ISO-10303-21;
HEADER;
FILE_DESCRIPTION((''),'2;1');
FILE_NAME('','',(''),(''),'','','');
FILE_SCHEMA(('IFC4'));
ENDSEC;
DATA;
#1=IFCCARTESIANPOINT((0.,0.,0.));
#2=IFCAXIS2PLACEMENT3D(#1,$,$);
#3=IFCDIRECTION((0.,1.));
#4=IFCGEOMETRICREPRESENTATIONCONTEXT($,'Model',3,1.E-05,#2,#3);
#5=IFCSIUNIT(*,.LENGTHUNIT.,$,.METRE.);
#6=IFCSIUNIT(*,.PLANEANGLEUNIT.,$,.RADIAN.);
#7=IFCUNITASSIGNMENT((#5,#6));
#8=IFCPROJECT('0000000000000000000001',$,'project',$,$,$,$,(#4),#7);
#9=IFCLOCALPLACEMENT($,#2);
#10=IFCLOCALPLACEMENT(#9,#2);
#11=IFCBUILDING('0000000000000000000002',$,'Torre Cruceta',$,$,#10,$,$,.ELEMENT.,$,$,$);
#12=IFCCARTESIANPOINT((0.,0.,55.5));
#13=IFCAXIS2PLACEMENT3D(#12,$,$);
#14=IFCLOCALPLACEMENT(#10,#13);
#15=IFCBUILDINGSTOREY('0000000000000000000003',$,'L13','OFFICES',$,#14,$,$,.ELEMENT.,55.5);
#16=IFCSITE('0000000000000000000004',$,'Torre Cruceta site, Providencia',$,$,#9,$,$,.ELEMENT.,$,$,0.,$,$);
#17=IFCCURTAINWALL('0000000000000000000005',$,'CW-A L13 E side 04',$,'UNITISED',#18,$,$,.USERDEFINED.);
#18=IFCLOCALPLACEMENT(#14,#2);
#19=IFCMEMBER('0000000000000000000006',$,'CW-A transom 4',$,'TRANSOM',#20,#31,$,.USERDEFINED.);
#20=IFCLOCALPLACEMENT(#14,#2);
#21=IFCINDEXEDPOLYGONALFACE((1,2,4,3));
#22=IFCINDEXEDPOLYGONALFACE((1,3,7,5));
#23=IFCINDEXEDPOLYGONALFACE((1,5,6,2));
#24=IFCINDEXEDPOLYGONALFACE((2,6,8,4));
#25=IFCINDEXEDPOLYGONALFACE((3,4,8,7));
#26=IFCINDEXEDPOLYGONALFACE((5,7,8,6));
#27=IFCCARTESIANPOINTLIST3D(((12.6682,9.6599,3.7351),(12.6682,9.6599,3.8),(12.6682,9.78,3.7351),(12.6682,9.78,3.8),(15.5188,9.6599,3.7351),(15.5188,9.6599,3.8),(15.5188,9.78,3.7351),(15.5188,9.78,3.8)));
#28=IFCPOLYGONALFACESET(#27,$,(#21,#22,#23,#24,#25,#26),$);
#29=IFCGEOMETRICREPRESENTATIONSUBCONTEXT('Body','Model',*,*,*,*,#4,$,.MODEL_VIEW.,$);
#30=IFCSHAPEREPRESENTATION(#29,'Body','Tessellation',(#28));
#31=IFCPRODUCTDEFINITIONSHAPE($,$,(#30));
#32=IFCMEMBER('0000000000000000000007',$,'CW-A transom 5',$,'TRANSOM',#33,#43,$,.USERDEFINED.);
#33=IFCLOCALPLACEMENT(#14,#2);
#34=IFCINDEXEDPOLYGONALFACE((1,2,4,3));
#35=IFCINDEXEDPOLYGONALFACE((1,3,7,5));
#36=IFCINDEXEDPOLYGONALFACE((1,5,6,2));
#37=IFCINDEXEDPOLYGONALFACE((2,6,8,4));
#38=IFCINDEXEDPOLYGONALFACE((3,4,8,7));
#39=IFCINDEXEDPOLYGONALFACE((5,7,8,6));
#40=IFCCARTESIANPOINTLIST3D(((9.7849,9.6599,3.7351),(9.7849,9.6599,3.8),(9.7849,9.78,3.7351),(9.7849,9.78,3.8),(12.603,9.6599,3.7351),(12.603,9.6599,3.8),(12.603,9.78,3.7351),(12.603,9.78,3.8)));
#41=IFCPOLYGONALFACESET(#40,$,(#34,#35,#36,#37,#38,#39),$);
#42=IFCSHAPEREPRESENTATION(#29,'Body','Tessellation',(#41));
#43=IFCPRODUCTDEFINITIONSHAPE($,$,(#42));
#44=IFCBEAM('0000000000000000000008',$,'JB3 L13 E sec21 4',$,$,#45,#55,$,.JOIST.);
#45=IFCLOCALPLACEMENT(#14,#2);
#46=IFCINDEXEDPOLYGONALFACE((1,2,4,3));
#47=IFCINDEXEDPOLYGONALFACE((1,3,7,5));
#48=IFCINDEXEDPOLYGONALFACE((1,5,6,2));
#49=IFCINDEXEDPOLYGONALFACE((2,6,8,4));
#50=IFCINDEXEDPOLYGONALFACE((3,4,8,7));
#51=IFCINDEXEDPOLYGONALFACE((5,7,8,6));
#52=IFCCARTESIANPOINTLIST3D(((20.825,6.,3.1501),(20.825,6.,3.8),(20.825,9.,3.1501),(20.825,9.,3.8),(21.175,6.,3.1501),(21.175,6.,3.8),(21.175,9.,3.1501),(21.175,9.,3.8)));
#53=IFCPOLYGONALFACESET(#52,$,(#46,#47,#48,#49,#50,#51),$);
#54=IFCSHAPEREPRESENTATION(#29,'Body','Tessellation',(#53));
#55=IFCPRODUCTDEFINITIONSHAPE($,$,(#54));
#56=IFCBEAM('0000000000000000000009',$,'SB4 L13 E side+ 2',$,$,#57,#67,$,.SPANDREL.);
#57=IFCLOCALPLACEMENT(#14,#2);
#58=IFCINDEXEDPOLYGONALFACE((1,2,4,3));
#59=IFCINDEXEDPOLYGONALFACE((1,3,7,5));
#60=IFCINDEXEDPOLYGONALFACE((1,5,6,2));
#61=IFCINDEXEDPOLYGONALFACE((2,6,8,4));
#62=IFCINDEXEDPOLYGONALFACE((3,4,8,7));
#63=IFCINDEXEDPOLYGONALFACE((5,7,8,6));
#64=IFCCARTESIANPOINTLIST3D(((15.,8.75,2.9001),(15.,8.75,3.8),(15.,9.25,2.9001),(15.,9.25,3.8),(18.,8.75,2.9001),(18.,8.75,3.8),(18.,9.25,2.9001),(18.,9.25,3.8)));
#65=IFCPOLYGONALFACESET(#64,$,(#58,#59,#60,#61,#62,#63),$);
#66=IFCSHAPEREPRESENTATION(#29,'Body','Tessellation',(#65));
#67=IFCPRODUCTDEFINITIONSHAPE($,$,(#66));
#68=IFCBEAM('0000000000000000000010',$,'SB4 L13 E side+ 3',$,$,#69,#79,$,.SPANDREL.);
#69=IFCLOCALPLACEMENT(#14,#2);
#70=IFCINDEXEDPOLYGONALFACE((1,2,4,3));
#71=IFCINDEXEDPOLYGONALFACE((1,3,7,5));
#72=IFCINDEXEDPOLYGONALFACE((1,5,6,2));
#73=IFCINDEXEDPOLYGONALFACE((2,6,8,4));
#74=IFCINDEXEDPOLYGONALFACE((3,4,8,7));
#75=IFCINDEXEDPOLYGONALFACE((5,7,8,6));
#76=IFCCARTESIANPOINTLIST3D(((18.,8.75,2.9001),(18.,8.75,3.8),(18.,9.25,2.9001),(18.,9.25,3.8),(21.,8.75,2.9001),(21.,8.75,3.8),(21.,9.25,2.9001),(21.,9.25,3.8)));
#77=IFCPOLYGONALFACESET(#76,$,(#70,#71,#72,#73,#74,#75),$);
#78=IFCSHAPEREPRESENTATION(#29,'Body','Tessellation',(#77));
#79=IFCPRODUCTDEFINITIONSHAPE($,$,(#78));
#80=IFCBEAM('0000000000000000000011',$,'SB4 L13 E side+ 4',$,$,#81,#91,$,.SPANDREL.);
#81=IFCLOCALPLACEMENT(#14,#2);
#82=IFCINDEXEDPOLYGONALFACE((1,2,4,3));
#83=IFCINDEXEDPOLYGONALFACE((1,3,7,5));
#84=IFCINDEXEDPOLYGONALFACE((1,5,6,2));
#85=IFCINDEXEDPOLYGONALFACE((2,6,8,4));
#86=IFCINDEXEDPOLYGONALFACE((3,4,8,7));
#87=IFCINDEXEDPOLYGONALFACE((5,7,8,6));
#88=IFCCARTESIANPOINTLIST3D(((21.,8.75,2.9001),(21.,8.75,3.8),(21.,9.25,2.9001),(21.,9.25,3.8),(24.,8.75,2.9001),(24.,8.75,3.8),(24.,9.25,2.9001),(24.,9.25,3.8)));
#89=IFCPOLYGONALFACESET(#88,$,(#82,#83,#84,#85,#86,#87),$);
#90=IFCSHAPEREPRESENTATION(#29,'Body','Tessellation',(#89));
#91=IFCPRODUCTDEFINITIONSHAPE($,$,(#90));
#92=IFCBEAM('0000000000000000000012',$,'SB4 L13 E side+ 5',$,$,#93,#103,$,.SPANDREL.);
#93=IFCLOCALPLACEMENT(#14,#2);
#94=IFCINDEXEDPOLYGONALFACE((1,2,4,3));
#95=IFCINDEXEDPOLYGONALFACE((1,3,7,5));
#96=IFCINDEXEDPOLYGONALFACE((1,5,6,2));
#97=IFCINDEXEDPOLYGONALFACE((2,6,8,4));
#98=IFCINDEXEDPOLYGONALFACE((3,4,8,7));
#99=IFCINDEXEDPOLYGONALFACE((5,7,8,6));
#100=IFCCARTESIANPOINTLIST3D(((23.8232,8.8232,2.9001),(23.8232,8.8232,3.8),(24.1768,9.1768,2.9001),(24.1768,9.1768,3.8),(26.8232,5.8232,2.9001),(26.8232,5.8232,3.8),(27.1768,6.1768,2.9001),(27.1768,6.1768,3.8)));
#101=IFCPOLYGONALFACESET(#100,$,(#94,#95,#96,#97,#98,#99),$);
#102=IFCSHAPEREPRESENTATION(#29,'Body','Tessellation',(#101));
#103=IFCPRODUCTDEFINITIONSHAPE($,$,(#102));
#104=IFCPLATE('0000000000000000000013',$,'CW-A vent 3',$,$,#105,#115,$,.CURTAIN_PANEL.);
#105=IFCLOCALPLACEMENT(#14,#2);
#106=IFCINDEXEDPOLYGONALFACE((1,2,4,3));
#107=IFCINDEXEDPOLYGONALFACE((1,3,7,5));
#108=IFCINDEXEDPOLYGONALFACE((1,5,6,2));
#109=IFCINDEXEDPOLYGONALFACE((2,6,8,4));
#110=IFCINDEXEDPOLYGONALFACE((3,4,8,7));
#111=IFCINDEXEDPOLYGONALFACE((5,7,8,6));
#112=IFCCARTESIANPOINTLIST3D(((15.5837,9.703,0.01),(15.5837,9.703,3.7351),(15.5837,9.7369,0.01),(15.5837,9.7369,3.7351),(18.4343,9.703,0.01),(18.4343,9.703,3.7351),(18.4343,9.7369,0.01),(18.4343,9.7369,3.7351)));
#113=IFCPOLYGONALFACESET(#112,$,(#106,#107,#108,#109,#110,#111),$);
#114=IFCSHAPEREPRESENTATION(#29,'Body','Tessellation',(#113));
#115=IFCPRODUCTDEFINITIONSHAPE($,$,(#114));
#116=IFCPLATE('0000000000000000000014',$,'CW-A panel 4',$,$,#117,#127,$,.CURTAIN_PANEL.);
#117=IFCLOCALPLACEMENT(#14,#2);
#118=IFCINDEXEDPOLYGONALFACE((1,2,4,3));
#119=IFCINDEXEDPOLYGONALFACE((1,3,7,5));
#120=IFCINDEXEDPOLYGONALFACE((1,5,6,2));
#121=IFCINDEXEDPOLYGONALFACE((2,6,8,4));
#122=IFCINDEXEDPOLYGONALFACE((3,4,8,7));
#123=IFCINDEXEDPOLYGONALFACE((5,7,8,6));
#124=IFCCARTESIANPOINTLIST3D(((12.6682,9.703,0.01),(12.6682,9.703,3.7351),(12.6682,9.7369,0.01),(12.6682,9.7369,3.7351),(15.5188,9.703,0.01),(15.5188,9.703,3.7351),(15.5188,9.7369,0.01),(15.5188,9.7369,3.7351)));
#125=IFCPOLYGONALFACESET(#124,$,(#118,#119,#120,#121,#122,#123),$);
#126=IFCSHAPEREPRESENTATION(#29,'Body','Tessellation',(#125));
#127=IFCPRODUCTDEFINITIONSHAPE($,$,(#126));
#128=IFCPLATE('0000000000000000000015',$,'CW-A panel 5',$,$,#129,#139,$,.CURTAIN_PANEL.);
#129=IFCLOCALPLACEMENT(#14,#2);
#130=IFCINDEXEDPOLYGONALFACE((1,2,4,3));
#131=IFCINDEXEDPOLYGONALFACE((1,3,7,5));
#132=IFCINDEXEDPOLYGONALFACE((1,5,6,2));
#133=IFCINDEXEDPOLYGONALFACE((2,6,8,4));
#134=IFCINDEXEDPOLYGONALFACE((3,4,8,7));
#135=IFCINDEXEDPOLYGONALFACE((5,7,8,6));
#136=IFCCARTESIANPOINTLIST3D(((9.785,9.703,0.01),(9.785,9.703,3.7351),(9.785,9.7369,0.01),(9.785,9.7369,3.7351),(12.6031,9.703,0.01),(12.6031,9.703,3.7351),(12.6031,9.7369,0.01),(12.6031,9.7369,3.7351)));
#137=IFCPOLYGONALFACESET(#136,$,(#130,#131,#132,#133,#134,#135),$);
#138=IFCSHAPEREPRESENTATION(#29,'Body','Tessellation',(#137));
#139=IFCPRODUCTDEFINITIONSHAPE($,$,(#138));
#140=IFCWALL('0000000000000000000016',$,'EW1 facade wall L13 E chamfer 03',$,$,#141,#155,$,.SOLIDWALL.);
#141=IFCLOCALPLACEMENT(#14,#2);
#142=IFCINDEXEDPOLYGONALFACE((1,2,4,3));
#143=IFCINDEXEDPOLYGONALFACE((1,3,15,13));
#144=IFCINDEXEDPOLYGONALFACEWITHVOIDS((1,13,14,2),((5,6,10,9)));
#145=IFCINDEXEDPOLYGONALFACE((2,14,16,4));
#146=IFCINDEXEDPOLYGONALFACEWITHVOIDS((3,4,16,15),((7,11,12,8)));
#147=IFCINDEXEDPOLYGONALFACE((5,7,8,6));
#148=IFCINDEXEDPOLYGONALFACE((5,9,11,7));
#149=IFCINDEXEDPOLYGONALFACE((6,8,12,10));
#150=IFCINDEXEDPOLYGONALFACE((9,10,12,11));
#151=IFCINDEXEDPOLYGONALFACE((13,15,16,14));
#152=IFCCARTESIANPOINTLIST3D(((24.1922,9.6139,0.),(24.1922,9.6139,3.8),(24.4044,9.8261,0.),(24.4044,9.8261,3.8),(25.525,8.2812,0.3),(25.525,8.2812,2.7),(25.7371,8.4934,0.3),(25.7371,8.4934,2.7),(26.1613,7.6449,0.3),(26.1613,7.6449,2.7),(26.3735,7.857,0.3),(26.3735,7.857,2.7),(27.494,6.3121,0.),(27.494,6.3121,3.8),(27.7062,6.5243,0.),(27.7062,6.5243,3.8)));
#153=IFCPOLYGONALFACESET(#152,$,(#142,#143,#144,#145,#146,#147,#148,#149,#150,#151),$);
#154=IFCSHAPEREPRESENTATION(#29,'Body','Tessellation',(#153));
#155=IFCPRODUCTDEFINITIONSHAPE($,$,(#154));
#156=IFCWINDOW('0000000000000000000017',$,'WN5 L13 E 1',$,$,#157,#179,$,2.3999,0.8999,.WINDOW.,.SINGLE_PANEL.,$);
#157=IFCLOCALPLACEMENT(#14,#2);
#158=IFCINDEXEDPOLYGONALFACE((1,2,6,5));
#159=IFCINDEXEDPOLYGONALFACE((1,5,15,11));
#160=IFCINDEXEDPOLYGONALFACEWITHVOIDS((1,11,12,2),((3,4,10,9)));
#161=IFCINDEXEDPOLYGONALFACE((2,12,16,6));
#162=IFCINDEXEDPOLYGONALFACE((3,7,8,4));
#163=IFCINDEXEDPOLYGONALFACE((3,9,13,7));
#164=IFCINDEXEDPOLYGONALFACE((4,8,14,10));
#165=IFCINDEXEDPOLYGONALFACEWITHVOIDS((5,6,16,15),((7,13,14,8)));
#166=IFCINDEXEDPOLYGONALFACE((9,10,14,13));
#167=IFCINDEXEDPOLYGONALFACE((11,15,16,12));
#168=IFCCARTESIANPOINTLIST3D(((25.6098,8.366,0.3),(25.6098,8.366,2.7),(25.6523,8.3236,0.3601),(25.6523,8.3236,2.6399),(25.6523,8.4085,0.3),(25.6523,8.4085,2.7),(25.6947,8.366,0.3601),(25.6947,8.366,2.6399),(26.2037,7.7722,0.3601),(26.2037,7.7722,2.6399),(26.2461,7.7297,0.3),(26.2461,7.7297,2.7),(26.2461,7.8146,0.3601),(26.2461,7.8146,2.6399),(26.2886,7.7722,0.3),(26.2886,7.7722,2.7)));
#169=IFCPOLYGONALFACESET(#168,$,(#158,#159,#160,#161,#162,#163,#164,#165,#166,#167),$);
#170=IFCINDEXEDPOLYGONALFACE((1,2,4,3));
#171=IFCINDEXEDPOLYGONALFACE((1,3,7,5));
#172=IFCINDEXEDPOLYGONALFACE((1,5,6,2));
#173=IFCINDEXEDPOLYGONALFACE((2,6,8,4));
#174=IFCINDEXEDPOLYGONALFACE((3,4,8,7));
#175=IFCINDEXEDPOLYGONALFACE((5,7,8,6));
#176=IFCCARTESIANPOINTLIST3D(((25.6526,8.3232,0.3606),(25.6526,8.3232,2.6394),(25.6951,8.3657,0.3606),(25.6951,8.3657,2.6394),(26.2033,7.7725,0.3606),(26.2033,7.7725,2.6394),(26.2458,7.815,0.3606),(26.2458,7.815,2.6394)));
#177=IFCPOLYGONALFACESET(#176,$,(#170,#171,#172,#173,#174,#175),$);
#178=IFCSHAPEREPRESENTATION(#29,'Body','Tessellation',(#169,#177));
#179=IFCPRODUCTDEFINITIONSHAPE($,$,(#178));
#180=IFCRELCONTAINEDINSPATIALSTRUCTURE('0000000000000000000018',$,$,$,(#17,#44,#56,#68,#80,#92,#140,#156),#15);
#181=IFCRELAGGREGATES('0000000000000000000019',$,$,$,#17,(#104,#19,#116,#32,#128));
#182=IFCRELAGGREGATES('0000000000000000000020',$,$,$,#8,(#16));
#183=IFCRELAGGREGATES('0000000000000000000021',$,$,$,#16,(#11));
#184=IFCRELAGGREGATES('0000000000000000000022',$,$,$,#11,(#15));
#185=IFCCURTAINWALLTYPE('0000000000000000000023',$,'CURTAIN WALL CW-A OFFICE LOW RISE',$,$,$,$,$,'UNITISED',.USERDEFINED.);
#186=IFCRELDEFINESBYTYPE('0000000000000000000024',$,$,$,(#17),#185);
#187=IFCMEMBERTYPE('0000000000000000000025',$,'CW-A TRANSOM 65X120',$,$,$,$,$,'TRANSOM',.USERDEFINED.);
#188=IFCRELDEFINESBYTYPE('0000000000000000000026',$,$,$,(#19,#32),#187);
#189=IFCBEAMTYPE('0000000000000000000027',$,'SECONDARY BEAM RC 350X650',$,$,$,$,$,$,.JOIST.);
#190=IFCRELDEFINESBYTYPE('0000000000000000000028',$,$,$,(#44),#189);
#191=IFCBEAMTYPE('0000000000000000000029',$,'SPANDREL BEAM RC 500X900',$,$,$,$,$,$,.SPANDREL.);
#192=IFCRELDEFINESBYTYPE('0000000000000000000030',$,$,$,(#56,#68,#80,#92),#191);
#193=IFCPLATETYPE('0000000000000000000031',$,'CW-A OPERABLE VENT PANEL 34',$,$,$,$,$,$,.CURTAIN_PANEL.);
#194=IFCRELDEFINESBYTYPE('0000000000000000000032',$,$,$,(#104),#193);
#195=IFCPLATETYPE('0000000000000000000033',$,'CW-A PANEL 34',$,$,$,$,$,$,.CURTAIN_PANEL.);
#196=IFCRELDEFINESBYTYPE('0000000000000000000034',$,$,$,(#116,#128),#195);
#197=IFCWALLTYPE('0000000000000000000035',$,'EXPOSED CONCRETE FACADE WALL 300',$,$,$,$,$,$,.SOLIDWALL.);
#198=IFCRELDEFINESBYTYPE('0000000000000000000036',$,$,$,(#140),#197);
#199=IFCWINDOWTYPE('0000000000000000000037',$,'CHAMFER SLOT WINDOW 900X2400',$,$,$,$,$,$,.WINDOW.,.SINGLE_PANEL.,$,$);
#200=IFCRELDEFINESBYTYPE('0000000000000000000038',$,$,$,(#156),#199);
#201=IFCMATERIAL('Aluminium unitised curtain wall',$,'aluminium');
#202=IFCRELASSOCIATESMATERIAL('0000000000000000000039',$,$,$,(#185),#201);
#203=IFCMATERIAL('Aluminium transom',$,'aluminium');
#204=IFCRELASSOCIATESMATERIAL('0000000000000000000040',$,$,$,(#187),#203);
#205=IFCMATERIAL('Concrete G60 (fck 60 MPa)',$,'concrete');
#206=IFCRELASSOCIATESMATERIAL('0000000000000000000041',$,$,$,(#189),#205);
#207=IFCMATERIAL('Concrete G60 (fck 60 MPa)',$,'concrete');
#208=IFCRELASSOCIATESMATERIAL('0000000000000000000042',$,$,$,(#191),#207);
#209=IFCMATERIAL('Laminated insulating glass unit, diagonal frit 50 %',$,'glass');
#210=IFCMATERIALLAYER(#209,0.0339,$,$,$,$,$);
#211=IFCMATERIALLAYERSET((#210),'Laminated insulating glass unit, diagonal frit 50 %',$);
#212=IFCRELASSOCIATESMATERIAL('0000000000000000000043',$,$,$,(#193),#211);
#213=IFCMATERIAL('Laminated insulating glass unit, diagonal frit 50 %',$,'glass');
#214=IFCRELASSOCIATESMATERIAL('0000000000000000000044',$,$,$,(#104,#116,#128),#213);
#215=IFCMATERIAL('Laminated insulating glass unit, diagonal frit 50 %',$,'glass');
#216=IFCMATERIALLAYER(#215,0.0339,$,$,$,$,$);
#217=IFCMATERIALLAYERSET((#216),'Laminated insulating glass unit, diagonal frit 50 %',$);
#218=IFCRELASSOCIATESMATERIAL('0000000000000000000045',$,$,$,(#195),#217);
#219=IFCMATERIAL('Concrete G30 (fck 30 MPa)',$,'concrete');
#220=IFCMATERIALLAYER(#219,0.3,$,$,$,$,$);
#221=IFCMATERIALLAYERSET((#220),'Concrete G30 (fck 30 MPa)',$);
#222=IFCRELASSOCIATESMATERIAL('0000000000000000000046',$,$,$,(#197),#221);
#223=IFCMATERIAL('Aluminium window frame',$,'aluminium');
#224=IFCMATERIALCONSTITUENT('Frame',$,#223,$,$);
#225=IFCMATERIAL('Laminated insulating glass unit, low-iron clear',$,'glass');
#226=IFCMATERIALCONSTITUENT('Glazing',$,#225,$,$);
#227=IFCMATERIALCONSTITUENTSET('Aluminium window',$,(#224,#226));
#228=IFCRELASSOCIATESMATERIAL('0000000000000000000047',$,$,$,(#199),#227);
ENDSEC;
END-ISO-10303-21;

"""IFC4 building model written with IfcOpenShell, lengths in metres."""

from ifc_helpers import new_model, si_unit, direction, frame, frame_2d, origin, origin_2d, place, context, subcontext, project, spatial, rectangle, hollow_rectangle, extrude, material, layer, layer_set, constituent, constituent_set, material_profile, profile_set, type_object, element, fill, aggregate, save


model = new_model("IFC4")

# Units and contexts
model_context = context("Model", 3, precision=1e-05, world=origin(), true_north=direction((0.0, 1.0)))
body_context = subcontext(model_context, "Body", "Model", "MODEL_VIEW")
ifc_project = project(units=[si_unit("LENGTHUNIT", "METRE"), si_unit("PLANEANGLEUNIT", "RADIAN")], contexts=[model_context])

# Site, building, storey
site_placement = place(None, origin())
site = spatial("IfcSite", under=ifc_project, at=site_placement, Name="Torre Cruceta site, Providencia", CompositionType="ELEMENT", RefElevation=0.0)
building_placement = place(site_placement, origin())
building = spatial("IfcBuilding", under=site, at=building_placement, Name="Torre Cruceta", CompositionType="ELEMENT")
storey_placement = place(building_placement, frame((0.0, 0.0, 55.5)))
storey = spatial("IfcBuildingStorey", under=building, at=storey_placement, Name="L13", Description="OFFICES", CompositionType="ELEMENT", Elevation=55.5)

# Curtain wall, members
ifc_material_1 = material(Name="Aluminium unitised curtain wall", Category="aluminium")
curtain_wall_type = type_object("IfcCurtainWallType", Name="CURTAIN WALL CW-A OFFICE LOW RISE", ElementType="UNITISED", PredefinedType="USERDEFINED", material=ifc_material_1)
curtain_wall_placement = place(storey_placement, origin())
curtain_wall = element("IfcCurtainWall", 1, at=curtain_wall_placement, inside=storey, type_object=curtain_wall_type, Name="CW-A L13 E side 04", ObjectType="UNITISED", PredefinedType="USERDEFINED")
ifc_material_2 = material(Name="Aluminium transom", Category="aluminium")
ifc_material_profile_1 = material_profile(ifc_material_2, rectangle(XDim=0.1201, YDim=0.0649, at=origin_2d()), Name="AL 120X65")
ifc_profile_set_1 = profile_set([ifc_material_profile_1], Name="Aluminium transom")
member_type_1 = type_object("IfcMemberType", Name="CW-A TRANSOM 65X120", ElementType="TRANSOM", PredefinedType="USERDEFINED", material=ifc_profile_set_1)
member_1_placement = place(storey_placement, frame((15.5188, 9.72, 3.7676), z_axis=(-1.0, 0.0, 0.0), x_axis=(0.0, -1.0, 0.0)))
member_1 = element("IfcMember", 2, at=member_1_placement, type_object=member_type_1, Name="CW-A transom 4", ObjectType="TRANSOM", PredefinedType="USERDEFINED", context=body_context, shape_type="SweptSolid", body=[
    extrude(rectangle(XDim=0.1201, YDim=0.0649, at=origin_2d()), origin(), (0.0, 0.0, 1.0), 2.8506),
])
member_2_placement = place(storey_placement, frame((12.603, 9.72, 3.7676), z_axis=(-1.0, 0.0, 0.0), x_axis=(0.0, -1.0, 0.0)))
member_2 = element("IfcMember", 3, at=member_2_placement, type_object=member_type_1, Name="CW-A transom 5", ObjectType="TRANSOM", PredefinedType="USERDEFINED", context=body_context, shape_type="SweptSolid", body=[
    extrude(rectangle(XDim=0.1201, YDim=0.0649, at=origin_2d()), origin(), (0.0, 0.0, 1.0), 2.8181),
])

# Beams
ifc_material_3 = material(Name="Concrete G60 (fck 60 MPa)", Category="concrete")
ifc_material_profile_2 = material_profile(ifc_material_3, rectangle(XDim=0.3501, YDim=0.6499, at=origin_2d()), Name="RC 350X650")
ifc_profile_set_2 = profile_set([ifc_material_profile_2], Name="Concrete G60 (fck 60 MPa)")
beam_type_1 = type_object("IfcBeamType", Name="SECONDARY BEAM RC 350X650", PredefinedType="JOIST", material=ifc_profile_set_2)
beam_1_placement = place(storey_placement, frame((21.0, 6.0, 3.4751), z_axis=(0.0, 1.0, 0.0), x_axis=(-1.0, 0.0, 0.0)))
element("IfcBeam", 4, at=beam_1_placement, inside=storey, type_object=beam_type_1, Name="JB3 L13 E sec21 4", PredefinedType="JOIST", context=body_context, shape_type="SweptSolid", body=[
    extrude(rectangle(XDim=0.3501, YDim=0.6499, at=origin_2d()), origin(), (0.0, 0.0, 1.0), 3.0),
])
ifc_material_4 = material(Name="Concrete G60 (fck 60 MPa)", Category="concrete")
ifc_material_profile_3 = material_profile(ifc_material_4, rectangle(XDim=0.5, YDim=0.8999, at=origin_2d()), Name="RC 500X900")
ifc_profile_set_3 = profile_set([ifc_material_profile_3], Name="Concrete G60 (fck 60 MPa)")
beam_type_2 = type_object("IfcBeamType", Name="SPANDREL BEAM RC 500X900", PredefinedType="SPANDREL", material=ifc_profile_set_3)
for number, where, z_axis, x_axis, name in (
    (5, (15.0, 9.0, 3.3501), (1.0, 0.0, 0.0), (0.0, 1.0, 0.0), "SB4 L13 E side+ 2"),
    (6, (18.0, 9.0, 3.3501), (1.0, 0.0, 0.0), (0.0, 1.0, 0.0), "SB4 L13 E side+ 3"),
    (7, (21.0, 9.0, 3.3501), (1.0, 0.0, 0.0), (0.0, 1.0, 0.0), "SB4 L13 E side+ 4"),
):
    element("IfcBeam", number, at=place(storey_placement, frame(where, z_axis=z_axis, x_axis=x_axis)), inside=storey, type_object=beam_type_2, Name=name, PredefinedType="SPANDREL", context=body_context, shape_type="SweptSolid", body=[
        extrude(rectangle(XDim=0.5, YDim=0.8999, at=origin_2d()), origin(), (0.0, 0.0, 1.0), 3.0),
    ])
beam_2_placement = place(storey_placement, frame((24.0, 9.0, 3.3501), z_axis=(0.707107, -0.707107, 0.0), x_axis=(0.707107, 0.707107, 0.0)))
element("IfcBeam", 8, at=beam_2_placement, inside=storey, type_object=beam_type_2, Name="SB4 L13 E side+ 5", PredefinedType="SPANDREL", context=body_context, shape_type="SweptSolid", body=[
    extrude(rectangle(XDim=0.5, YDim=0.8999, at=origin_2d()), origin(), (0.0, 0.0, 1.0), 4.2427),
])

# Plates
ifc_material_5 = material(Name="Laminated insulating glass unit, diagonal frit 50 %", Category="glass")
ifc_material_6 = material(Name="Laminated insulating glass unit, diagonal frit 50 %", Category="glass")
ifc_layer_1 = layer(ifc_material_6, 0.0339)
ifc_layer_set_1 = layer_set([ifc_layer_1], Name="Laminated insulating glass unit, diagonal frit 50 %")
plate_type_1 = type_object("IfcPlateType", Name="CW-A OPERABLE VENT PANEL 34", PredefinedType="CURTAIN_PANEL", material=ifc_layer_set_1)
plate_1_placement = place(storey_placement, frame((17.009, 9.72, 0.01), z_axis=(0.0, 0.0, 1.0), x_axis=(-1.0, 0.0, 0.0)))
plate_1 = element("IfcPlate", 9, at=plate_1_placement, type_object=plate_type_1, material=ifc_material_5, Name="CW-A vent 3", PredefinedType="CURTAIN_PANEL", context=body_context, shape_type="SweptSolid", body=[
    extrude(rectangle(XDim=2.8506, YDim=0.0339, at=origin_2d()), origin(), (0.0, 0.0, 1.0), 3.7251),
])
ifc_material_7 = material(Name="Laminated insulating glass unit, diagonal frit 50 %", Category="glass")
ifc_layer_2 = layer(ifc_material_7, 0.0339)
ifc_layer_set_2 = layer_set([ifc_layer_2], Name="Laminated insulating glass unit, diagonal frit 50 %")
plate_type_2 = type_object("IfcPlateType", Name="CW-A PANEL 34", PredefinedType="CURTAIN_PANEL", material=ifc_layer_set_2)
plate_2_placement = place(storey_placement, frame((14.0935, 9.72, 0.01), z_axis=(0.0, 0.0, 1.0), x_axis=(-1.0, 0.0, 0.0)))
plate_2 = element("IfcPlate", 10, at=plate_2_placement, type_object=plate_type_2, material=ifc_material_5, Name="CW-A panel 4", PredefinedType="CURTAIN_PANEL", context=body_context, shape_type="SweptSolid", body=[
    extrude(rectangle(XDim=2.8506, YDim=0.0339, at=origin_2d()), origin(), (0.0, 0.0, 1.0), 3.7251),
])
plate_3_placement = place(storey_placement, frame((11.1941, 9.72, 0.01), z_axis=(0.0, 0.0, 1.0), x_axis=(-1.0, 0.0, 0.0)))
plate_3 = element("IfcPlate", 11, at=plate_3_placement, type_object=plate_type_2, material=ifc_material_5, Name="CW-A panel 5", PredefinedType="CURTAIN_PANEL", context=body_context, shape_type="SweptSolid", body=[
    extrude(rectangle(XDim=2.8181, YDim=0.0339, at=origin_2d()), origin(), (0.0, 0.0, 1.0), 3.7251),
])
aggregate(curtain_wall, [plate_1, member_1, plate_2, member_2, plate_3])

# Wall, opening, window
ifc_material_8 = material(Name="Concrete G30 (fck 30 MPa)", Category="concrete")
ifc_layer_3 = layer(ifc_material_8, 0.3)
ifc_layer_set_3 = layer_set([ifc_layer_3], Name="Concrete G30 (fck 30 MPa)")
wall_type_1 = type_object("IfcWallType", Name="EXPOSED CONCRETE FACADE WALL 300", PredefinedType="SOLIDWALL", material=ifc_layer_set_3)
wall_1_placement = place(storey_placement, frame((27.6001, 6.4182, 0.0), z_axis=(0.0, 0.0, 1.0), x_axis=(-0.707107, 0.707107, 0.0)))
wall_1 = element("IfcWall", 12, at=wall_1_placement, inside=storey, type_object=wall_type_1, Name="EW1 facade wall L13 E chamfer 03", PredefinedType="SOLIDWALL", context=body_context, shape_type="SweptSolid", body=[
    extrude(rectangle(XDim=4.6694, YDim=0.3, at=frame_2d((2.3347, 0.0))), origin(), (0.0, 0.0, 1.0), 3.8),
])
opening_1_placement = place(wall_1_placement, frame((1.8848, 0.0, 0.3)))
opening_1 = element("IfcOpeningElement", 13, at=opening_1_placement, cuts=wall_1, PredefinedType="OPENING", context=body_context, shape_type="SweptSolid", body=[
    extrude(rectangle(XDim=0.8999, YDim=2.3999, at=frame_2d((0.45, 1.2))), frame((0.0, 0.1599, 0.0), z_axis=(0.0, -1.0, 0.0), x_axis=(1.0, 0.0, 0.0)), (0.0, 0.0, 1.0), 0.3201),
])
ifc_material_9 = material(Name="Aluminium window frame", Category="aluminium")
ifc_constituent_1 = constituent(ifc_material_9, Name="Frame")
ifc_material_10 = material(Name="Laminated insulating glass unit, low-iron clear", Category="glass")
ifc_constituent_2 = constituent(ifc_material_10, Name="Glazing")
ifc_constituent_set_1 = constituent_set(constituents=[ifc_constituent_1, ifc_constituent_2], Name="Aluminium window")
window_type = type_object("IfcWindowType", Name="CHAMFER SLOT WINDOW 900X2400", PartitioningType="SINGLE_PANEL", PredefinedType="WINDOW", material=ifc_constituent_set_1)
window_placement = place(opening_1_placement, origin())
window = element("IfcWindow", 14, at=window_placement, inside=storey, type_object=window_type, Name="WN5 L13 E 1", OverallHeight=2.3999, OverallWidth=0.8999, PartitioningType="SINGLE_PANEL", PredefinedType="WINDOW", context=body_context, shape_type="SweptSolid", body=[
    extrude(hollow_rectangle(XDim=0.8999, YDim=2.3999, WallThickness=0.0601, at=frame_2d((0.45, 1.2))), frame((0.0, 0.03, 0.0), z_axis=(0.0, -1.0, 0.0), x_axis=(1.0, 0.0, 0.0)), (0.0, 0.0, 1.0), 0.0601),
    extrude(rectangle(XDim=0.7788, YDim=2.2788, at=frame_2d((0.45, 1.2))), frame((0.0, 0.03, 0.0), z_axis=(0.0, -1.0, 0.0), x_axis=(1.0, 0.0, 0.0)), (0.0, 0.0, 1.0), 0.0601),
])
fill(opening_1, window)

save(model, "model.ifc")
